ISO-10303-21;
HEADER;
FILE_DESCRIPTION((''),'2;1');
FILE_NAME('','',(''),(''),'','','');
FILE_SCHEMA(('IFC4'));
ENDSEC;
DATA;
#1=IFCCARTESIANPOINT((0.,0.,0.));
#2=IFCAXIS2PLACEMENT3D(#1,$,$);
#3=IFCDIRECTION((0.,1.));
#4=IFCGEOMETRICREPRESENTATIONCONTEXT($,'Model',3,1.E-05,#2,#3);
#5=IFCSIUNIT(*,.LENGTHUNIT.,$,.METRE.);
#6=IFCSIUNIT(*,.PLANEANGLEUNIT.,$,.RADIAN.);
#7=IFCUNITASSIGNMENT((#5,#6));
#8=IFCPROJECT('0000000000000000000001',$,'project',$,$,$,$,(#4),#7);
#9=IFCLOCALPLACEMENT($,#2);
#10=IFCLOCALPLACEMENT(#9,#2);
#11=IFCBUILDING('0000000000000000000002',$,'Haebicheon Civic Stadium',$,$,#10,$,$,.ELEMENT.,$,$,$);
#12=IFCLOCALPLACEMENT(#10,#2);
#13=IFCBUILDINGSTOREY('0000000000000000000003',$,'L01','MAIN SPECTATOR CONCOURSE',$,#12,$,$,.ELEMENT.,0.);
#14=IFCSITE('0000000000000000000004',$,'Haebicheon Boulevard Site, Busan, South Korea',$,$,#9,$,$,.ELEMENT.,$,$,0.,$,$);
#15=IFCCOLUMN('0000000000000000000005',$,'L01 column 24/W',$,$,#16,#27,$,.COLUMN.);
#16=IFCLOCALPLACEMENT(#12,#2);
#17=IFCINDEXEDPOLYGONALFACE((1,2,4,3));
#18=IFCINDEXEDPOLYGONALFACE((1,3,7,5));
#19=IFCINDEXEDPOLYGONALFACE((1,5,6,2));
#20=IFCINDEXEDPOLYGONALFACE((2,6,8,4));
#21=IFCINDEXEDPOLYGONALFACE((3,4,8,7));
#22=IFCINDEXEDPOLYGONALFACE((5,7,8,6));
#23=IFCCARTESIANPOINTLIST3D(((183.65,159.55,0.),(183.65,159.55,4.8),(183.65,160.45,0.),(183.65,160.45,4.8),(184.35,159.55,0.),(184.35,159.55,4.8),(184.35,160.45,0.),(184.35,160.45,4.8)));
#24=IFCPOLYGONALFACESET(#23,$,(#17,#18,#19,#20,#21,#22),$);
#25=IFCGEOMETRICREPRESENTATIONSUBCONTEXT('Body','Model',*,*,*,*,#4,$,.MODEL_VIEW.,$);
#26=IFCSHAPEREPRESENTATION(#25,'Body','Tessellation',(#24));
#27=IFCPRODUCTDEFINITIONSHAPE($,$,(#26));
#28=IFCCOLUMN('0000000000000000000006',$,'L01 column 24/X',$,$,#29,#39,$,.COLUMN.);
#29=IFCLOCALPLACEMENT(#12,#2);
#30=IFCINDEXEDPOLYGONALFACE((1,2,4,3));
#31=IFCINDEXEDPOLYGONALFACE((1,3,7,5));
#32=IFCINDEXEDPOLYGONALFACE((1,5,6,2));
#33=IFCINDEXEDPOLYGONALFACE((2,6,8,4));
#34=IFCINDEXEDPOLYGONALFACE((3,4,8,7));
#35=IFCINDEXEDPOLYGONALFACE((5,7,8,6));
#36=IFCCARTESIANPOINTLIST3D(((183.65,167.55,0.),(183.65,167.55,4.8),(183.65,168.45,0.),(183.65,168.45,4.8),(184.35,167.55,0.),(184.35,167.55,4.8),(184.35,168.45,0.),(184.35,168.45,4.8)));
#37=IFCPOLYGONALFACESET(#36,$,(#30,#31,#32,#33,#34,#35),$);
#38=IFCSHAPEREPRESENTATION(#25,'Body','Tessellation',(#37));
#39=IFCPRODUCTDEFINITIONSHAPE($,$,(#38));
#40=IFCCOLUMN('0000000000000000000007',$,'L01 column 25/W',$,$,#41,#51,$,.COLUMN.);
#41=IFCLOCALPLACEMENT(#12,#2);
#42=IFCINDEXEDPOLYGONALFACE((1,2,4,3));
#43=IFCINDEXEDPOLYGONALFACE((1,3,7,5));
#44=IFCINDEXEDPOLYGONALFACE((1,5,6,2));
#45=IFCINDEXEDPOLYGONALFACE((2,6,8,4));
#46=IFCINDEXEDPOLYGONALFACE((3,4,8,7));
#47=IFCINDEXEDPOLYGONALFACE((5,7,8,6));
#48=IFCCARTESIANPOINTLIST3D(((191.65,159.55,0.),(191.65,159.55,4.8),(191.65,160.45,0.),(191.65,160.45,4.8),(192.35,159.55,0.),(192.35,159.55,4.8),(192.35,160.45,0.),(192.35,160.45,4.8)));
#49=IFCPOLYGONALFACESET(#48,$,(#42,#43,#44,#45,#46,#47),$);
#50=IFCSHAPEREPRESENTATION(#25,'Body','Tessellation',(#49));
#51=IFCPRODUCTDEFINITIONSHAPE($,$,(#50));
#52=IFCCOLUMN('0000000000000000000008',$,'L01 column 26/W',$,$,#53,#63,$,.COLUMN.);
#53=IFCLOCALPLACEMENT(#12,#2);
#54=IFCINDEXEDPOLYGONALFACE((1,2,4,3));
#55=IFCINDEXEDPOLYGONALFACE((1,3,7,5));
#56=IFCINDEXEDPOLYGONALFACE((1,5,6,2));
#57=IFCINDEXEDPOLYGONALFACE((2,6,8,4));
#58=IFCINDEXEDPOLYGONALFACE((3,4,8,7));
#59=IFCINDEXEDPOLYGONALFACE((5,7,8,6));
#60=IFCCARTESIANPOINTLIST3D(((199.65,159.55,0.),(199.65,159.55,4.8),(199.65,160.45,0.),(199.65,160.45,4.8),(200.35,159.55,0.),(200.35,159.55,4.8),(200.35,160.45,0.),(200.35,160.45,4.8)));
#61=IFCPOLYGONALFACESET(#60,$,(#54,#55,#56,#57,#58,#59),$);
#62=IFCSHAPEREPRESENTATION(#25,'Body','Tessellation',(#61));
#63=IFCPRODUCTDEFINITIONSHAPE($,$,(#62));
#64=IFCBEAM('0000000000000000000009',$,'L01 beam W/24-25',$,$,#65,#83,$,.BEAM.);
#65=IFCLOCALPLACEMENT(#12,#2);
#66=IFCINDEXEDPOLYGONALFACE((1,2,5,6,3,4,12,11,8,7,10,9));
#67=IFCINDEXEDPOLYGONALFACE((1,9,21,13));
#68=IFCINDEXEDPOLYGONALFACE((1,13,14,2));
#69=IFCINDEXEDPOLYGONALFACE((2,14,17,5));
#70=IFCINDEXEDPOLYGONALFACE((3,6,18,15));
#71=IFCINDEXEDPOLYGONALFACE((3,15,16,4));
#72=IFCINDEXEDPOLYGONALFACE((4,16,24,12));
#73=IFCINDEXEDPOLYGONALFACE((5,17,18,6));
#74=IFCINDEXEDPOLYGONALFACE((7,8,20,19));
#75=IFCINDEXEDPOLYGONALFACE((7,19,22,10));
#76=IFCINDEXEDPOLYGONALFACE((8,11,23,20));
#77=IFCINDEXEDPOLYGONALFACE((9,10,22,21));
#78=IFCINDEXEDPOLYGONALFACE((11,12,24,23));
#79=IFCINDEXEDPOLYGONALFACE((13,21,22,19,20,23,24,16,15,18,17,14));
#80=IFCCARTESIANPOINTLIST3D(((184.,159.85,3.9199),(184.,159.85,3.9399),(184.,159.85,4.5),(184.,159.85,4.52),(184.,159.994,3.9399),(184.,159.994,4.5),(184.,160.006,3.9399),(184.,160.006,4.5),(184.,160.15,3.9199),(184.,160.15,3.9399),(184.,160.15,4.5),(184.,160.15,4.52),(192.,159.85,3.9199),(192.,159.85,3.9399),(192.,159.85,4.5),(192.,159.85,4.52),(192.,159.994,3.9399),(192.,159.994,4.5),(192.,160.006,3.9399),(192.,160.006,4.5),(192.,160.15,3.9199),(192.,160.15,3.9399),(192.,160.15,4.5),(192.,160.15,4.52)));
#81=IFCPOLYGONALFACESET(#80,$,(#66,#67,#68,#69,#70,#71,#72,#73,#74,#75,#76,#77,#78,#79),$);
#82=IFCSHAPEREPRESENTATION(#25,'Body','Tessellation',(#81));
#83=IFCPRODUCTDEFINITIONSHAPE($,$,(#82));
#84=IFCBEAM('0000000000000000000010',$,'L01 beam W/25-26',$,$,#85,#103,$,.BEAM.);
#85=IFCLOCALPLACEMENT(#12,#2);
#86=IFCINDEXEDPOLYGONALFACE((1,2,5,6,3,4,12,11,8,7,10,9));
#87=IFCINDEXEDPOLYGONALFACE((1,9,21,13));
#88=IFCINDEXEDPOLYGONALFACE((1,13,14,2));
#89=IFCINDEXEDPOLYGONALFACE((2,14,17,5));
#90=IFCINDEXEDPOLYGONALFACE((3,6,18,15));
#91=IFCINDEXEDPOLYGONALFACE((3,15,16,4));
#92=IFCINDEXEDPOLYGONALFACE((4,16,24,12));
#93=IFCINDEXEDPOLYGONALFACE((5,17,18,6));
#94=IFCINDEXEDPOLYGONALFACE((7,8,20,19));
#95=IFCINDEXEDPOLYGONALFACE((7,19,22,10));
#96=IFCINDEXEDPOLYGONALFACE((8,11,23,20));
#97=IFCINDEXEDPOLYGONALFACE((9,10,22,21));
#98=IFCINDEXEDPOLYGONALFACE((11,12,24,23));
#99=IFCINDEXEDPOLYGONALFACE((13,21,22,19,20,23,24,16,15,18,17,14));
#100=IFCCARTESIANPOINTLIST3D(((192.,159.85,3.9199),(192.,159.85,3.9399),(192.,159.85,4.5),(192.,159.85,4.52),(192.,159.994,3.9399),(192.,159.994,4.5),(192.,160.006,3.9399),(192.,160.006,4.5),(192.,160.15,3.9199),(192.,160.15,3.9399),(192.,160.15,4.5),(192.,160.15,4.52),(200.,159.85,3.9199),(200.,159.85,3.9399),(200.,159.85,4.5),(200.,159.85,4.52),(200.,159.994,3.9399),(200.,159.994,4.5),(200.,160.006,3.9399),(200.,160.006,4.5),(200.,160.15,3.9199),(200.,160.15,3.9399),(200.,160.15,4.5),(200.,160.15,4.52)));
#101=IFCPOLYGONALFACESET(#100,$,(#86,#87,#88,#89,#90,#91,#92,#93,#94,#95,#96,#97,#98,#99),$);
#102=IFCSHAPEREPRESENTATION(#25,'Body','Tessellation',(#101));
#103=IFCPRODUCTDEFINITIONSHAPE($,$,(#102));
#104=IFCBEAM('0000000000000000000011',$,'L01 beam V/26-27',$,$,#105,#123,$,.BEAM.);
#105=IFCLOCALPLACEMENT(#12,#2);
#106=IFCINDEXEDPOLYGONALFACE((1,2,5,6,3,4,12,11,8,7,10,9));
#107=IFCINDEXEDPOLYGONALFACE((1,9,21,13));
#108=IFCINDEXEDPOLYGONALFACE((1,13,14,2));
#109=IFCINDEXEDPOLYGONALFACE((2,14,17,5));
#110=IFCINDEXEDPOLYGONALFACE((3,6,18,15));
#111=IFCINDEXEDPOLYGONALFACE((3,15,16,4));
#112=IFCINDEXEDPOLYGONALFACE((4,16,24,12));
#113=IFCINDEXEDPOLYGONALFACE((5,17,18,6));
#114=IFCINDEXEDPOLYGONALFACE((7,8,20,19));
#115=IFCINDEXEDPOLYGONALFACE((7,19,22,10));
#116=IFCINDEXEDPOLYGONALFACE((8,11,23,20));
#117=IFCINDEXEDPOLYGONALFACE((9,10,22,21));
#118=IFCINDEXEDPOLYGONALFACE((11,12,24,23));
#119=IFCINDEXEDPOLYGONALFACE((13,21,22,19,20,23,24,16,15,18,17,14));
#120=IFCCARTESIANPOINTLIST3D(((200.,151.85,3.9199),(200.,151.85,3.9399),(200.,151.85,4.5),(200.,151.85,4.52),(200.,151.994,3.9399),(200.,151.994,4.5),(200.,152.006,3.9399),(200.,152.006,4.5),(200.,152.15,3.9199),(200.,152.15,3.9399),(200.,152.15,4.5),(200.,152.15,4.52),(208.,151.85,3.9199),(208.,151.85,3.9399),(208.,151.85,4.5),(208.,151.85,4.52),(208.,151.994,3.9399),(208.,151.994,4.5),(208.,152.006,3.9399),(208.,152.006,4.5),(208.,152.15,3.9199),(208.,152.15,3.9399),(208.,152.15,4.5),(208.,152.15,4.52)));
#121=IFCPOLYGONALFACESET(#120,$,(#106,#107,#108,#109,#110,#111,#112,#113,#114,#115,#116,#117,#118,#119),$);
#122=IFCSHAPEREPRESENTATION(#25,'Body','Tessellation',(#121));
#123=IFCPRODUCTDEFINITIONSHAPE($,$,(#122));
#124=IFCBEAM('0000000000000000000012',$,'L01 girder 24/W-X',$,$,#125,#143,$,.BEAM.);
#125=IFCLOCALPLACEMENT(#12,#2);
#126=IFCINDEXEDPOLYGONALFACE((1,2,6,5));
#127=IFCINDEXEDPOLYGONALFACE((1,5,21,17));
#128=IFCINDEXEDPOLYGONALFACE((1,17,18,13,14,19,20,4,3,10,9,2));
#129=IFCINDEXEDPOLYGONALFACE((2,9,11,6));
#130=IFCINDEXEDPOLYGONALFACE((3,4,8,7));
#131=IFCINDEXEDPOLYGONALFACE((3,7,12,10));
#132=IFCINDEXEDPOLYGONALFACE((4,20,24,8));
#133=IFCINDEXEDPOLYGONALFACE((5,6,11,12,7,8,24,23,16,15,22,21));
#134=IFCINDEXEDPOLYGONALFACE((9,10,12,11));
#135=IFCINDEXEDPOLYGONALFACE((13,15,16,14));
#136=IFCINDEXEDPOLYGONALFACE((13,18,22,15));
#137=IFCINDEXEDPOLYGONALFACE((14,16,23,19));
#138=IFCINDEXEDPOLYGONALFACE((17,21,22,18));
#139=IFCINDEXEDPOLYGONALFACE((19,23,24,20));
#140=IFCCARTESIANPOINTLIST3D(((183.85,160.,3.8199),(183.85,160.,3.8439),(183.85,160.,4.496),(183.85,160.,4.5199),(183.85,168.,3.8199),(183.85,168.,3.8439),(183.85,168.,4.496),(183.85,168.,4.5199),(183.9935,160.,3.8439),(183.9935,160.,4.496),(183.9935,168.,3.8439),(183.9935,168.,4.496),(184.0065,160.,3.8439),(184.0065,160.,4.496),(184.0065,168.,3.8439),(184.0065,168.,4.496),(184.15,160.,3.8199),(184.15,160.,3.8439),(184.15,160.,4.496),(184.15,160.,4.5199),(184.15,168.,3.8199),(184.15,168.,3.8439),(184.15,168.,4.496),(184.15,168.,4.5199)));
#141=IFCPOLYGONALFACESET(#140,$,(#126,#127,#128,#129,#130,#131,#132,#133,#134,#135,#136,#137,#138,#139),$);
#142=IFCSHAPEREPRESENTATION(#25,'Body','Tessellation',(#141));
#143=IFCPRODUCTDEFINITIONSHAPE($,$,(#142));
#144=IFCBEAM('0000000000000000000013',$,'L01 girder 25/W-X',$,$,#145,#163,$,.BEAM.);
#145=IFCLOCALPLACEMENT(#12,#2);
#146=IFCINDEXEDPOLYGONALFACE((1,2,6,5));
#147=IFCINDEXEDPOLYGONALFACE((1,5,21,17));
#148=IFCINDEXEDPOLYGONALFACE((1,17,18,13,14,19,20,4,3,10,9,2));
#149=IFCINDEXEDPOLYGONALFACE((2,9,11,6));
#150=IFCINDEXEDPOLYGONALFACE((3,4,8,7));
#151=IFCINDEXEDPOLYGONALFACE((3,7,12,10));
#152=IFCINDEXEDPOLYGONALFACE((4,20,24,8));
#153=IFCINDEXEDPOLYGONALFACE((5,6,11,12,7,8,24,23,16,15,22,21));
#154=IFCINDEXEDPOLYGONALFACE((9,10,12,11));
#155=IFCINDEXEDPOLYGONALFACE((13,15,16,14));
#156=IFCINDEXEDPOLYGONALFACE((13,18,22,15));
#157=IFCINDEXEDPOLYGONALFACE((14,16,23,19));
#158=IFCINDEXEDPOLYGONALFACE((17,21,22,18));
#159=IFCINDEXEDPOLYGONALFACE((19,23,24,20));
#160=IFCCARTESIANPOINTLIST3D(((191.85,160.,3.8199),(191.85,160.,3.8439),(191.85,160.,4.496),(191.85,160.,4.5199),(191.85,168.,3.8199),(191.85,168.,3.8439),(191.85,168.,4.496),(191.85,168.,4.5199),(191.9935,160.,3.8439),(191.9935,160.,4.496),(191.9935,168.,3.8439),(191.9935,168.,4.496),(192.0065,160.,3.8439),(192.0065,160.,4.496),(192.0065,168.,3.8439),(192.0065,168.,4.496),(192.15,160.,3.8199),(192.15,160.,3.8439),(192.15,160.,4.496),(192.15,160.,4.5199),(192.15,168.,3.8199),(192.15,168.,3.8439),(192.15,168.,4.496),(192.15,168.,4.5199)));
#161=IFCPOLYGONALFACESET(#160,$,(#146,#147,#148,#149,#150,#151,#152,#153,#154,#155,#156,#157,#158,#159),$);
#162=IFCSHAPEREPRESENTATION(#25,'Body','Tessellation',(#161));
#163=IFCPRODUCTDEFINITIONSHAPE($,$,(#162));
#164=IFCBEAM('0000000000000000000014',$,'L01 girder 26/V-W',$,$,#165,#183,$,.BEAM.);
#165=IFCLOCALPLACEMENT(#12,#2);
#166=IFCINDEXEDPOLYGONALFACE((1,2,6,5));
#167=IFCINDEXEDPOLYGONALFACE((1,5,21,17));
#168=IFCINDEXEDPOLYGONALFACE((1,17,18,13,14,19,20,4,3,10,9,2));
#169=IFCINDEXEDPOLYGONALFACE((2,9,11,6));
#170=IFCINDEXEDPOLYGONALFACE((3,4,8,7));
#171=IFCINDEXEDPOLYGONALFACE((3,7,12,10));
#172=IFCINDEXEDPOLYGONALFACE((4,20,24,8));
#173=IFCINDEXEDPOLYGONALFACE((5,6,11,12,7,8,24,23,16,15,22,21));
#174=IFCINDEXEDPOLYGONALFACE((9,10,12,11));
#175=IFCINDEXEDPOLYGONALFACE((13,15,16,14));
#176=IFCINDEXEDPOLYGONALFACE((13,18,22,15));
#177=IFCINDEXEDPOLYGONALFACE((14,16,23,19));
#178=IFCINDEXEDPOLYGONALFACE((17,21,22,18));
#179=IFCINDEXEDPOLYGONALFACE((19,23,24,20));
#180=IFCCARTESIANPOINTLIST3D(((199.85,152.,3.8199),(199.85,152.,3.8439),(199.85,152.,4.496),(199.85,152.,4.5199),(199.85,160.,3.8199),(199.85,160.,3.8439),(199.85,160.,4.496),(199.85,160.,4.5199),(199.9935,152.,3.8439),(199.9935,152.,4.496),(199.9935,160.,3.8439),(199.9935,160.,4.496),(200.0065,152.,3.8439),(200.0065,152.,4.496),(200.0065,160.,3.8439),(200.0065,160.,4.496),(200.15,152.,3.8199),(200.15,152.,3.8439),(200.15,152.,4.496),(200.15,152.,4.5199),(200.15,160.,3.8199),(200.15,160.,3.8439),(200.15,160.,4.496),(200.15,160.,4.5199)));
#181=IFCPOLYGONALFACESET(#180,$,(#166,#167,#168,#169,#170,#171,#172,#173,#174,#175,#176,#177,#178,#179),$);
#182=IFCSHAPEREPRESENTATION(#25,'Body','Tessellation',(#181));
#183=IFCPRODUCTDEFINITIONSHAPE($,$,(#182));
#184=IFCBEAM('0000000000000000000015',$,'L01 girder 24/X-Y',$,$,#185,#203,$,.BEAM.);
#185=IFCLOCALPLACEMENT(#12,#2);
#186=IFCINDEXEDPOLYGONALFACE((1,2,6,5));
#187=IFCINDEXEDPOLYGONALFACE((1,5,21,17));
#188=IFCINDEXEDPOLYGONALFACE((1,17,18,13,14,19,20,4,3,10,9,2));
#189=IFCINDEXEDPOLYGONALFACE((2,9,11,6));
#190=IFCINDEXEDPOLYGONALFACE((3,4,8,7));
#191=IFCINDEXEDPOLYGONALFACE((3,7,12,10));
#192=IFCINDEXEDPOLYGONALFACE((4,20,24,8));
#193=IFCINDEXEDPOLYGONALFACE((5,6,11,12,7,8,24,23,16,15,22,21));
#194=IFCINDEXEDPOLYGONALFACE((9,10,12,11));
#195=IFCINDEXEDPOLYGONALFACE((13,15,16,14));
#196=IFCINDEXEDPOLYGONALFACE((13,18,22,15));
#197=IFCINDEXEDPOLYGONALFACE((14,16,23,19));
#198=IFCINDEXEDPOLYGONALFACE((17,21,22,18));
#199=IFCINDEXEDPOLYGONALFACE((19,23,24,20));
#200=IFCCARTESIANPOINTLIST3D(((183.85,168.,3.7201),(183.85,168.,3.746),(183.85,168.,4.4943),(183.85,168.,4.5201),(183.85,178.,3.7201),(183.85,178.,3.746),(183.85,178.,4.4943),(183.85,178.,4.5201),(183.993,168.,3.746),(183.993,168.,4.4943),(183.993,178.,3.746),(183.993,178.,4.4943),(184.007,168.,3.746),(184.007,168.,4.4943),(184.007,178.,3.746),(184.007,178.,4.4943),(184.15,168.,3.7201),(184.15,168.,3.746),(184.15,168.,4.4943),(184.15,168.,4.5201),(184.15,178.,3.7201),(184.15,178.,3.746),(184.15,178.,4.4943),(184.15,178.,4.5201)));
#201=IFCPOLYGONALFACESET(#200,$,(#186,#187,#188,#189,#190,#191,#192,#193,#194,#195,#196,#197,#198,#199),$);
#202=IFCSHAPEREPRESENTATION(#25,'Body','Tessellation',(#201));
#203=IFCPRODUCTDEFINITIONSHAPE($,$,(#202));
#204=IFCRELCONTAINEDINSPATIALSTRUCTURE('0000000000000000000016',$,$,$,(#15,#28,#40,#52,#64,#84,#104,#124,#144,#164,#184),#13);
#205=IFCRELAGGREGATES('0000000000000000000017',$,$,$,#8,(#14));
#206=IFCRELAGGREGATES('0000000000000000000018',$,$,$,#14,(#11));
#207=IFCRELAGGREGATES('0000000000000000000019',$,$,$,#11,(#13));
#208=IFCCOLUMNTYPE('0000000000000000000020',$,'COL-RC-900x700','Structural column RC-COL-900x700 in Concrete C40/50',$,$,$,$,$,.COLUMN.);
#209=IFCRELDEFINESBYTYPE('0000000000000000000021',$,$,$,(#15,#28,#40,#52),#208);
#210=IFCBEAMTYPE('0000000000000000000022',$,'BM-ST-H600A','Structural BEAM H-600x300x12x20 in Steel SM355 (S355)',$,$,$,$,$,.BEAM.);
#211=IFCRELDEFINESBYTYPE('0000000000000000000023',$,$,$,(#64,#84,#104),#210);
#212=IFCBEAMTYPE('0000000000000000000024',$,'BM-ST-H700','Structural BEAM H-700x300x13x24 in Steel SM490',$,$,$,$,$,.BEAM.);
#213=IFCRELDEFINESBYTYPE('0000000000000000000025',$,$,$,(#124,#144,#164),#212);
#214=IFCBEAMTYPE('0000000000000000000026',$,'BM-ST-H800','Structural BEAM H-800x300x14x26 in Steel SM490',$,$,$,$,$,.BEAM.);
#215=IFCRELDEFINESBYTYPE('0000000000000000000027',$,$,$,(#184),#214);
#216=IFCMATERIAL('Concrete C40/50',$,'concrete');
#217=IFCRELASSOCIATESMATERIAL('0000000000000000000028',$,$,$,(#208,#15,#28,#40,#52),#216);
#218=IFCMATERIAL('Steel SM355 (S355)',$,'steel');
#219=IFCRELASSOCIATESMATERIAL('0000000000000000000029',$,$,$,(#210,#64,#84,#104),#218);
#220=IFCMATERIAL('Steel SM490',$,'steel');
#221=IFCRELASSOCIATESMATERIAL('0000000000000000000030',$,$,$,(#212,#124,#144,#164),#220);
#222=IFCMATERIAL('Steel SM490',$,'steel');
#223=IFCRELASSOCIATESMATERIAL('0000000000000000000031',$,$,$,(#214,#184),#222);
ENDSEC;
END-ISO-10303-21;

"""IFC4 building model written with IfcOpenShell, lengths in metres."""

from ifc_helpers import new_model, si_unit, direction, frame, origin, origin_2d, place, context, subcontext, project, spatial, rectangle, i_section, extrude, material, material_profile, profile_set, type_object, element, save


model = new_model("IFC4")

# Units and contexts
model_context = context("Model", 3, precision=1e-05, world=origin(), true_north=direction((0.0, 1.0)))
body_context = subcontext(model_context, "Body", "Model", "MODEL_VIEW")
ifc_project = project(units=[si_unit("LENGTHUNIT", "METRE"), si_unit("PLANEANGLEUNIT", "RADIAN")], contexts=[model_context])

# Site, building, storey
site_placement = place(None, origin())
site = spatial("IfcSite", under=ifc_project, at=site_placement, Name="Haebicheon Boulevard Site, Busan, South Korea", CompositionType="ELEMENT", RefElevation=0.0)
building_placement = place(site_placement, origin())
building = spatial("IfcBuilding", under=site, at=building_placement, Name="Haebicheon Civic Stadium", CompositionType="ELEMENT")
storey_placement = place(building_placement, origin())
storey = spatial("IfcBuildingStorey", under=building, at=storey_placement, Name="L01", Description="MAIN SPECTATOR CONCOURSE", CompositionType="ELEMENT", Elevation=0.0)

# Columns
ifc_material_1 = material(Name="Concrete C40/50", Category="concrete")
ifc_material_profile_1 = material_profile(ifc_material_1, rectangle(XDim=0.7, YDim=0.8999, at=origin_2d()), Name="RC-COL-900x700")
ifc_profile_set_1 = profile_set([ifc_material_profile_1], Name="Concrete C40/50")
column_type = type_object("IfcColumnType", Name="COL-RC-900x700", Description="Structural column RC-COL-900x700 in Concrete C40/50", PredefinedType="COLUMN", material=ifc_profile_set_1)
for number, where, z_axis, x_axis, name in (
    (1, (184.0, 160.0, 0.0), (0.0, 0.0, 1.0), (1.0, 0.0, 0.0), "L01 column 24/W"),
    (2, (184.0, 168.0, 0.0), (0.0, 0.0, 1.0), (1.0, 0.0, 0.0), "L01 column 24/X"),
    (3, (192.0, 160.0, 0.0), (0.0, 0.0, 1.0), (1.0, 0.0, 0.0), "L01 column 25/W"),
    (4, (200.0, 160.0, 0.0), (0.0, 0.0, 1.0), (1.0, 0.0, 0.0), "L01 column 26/W"),
):
    element("IfcColumn", number, at=place(storey_placement, frame(where, z_axis=z_axis, x_axis=x_axis)), inside=storey, type_object=column_type, material=ifc_profile_set_1, Name=name, PredefinedType="COLUMN", context=body_context, shape_type="SweptSolid", body=[
        extrude(rectangle(XDim=0.7, YDim=0.8999, at=origin_2d()), origin(), (0.0, 0.0, 1.0), 4.8),
    ])

# Beams
ifc_material_2 = material(Name="Steel SM355 (S355)", Category="steel")
ifc_material_profile_2 = material_profile(ifc_material_2, i_section(OverallWidth=0.3, OverallDepth=0.6001, WebThickness=0.012, FlangeThickness=0.02, at=origin_2d()), Name="H-600x300x12x20")
ifc_profile_set_2 = profile_set([ifc_material_profile_2], Name="Steel SM355 (S355)")
beam_type_1 = type_object("IfcBeamType", Name="BM-ST-H600A", Description="Structural BEAM H-600x300x12x20 in Steel SM355 (S355)", PredefinedType="BEAM", material=ifc_profile_set_2)
for number, where, z_axis, x_axis, name in (
    (5, (184.0, 160.0, 4.22), (1.0, 0.0, 0.0), (0.0, 1.0, 0.0), "L01 beam W/24-25"),
    (6, (192.0, 160.0, 4.22), (1.0, 0.0, 0.0), (0.0, 1.0, 0.0), "L01 beam W/25-26"),
    (7, (200.0, 152.0, 4.22), (1.0, 0.0, 0.0), (0.0, 1.0, 0.0), "L01 beam V/26-27"),
):
    element("IfcBeam", number, at=place(storey_placement, frame(where, z_axis=z_axis, x_axis=x_axis)), inside=storey, type_object=beam_type_1, material=ifc_profile_set_2, Name=name, PredefinedType="BEAM", context=body_context, shape_type="SweptSolid", body=[
        extrude(i_section(OverallWidth=0.3, OverallDepth=0.6001, WebThickness=0.012, FlangeThickness=0.02, at=origin_2d()), origin(), (0.0, 0.0, 1.0), 8.0),
    ])
ifc_material_3 = material(Name="Steel SM490", Category="steel")
ifc_material_profile_3 = material_profile(ifc_material_3, i_section(OverallWidth=0.3, OverallDepth=0.7, WebThickness=0.0129, FlangeThickness=0.0239, at=origin_2d()), Name="H-700x300x13x24")
ifc_profile_set_3 = profile_set([ifc_material_profile_3], Name="Steel SM490")
beam_type_2 = type_object("IfcBeamType", Name="BM-ST-H700", Description="Structural BEAM H-700x300x13x24 in Steel SM490", PredefinedType="BEAM", material=ifc_profile_set_3)
for number, where, z_axis, x_axis, name in (
    (8, (184.0, 160.0, 4.1699), (0.0, 1.0, 0.0), (-1.0, 0.0, 0.0), "L01 girder 24/W-X"),
    (9, (192.0, 160.0, 4.1699), (0.0, 1.0, 0.0), (-1.0, 0.0, 0.0), "L01 girder 25/W-X"),
    (10, (200.0, 152.0, 4.1699), (0.0, 1.0, 0.0), (-1.0, 0.0, 0.0), "L01 girder 26/V-W"),
):
    element("IfcBeam", number, at=place(storey_placement, frame(where, z_axis=z_axis, x_axis=x_axis)), inside=storey, type_object=beam_type_2, material=ifc_profile_set_3, Name=name, PredefinedType="BEAM", context=body_context, shape_type="SweptSolid", body=[
        extrude(i_section(OverallWidth=0.3, OverallDepth=0.7, WebThickness=0.0129, FlangeThickness=0.0239, at=origin_2d()), origin(), (0.0, 0.0, 1.0), 8.0),
    ])
ifc_material_4 = material(Name="Steel SM490", Category="steel")
ifc_material_profile_4 = material_profile(ifc_material_4, i_section(OverallWidth=0.3, OverallDepth=0.8, WebThickness=0.0139, FlangeThickness=0.0259, at=origin_2d()), Name="H-800x300x14x26")
ifc_profile_set_4 = profile_set([ifc_material_profile_4], Name="Steel SM490")
beam_type_3 = type_object("IfcBeamType", Name="BM-ST-H800", Description="Structural BEAM H-800x300x14x26 in Steel SM490", PredefinedType="BEAM", material=ifc_profile_set_4)
beam_1_placement = place(storey_placement, frame((184.0, 168.0, 4.1201), z_axis=(0.0, 1.0, 0.0), x_axis=(-1.0, 0.0, 0.0)))
element("IfcBeam", 11, at=beam_1_placement, inside=storey, type_object=beam_type_3, material=ifc_profile_set_4, Name="L01 girder 24/X-Y", PredefinedType="BEAM", context=body_context, shape_type="SweptSolid", body=[
    extrude(i_section(OverallWidth=0.3, OverallDepth=0.8, WebThickness=0.0139, FlangeThickness=0.0259, at=origin_2d()), origin(), (0.0, 0.0, 1.0), 10.0),
])

save(model, "model.ifc")
